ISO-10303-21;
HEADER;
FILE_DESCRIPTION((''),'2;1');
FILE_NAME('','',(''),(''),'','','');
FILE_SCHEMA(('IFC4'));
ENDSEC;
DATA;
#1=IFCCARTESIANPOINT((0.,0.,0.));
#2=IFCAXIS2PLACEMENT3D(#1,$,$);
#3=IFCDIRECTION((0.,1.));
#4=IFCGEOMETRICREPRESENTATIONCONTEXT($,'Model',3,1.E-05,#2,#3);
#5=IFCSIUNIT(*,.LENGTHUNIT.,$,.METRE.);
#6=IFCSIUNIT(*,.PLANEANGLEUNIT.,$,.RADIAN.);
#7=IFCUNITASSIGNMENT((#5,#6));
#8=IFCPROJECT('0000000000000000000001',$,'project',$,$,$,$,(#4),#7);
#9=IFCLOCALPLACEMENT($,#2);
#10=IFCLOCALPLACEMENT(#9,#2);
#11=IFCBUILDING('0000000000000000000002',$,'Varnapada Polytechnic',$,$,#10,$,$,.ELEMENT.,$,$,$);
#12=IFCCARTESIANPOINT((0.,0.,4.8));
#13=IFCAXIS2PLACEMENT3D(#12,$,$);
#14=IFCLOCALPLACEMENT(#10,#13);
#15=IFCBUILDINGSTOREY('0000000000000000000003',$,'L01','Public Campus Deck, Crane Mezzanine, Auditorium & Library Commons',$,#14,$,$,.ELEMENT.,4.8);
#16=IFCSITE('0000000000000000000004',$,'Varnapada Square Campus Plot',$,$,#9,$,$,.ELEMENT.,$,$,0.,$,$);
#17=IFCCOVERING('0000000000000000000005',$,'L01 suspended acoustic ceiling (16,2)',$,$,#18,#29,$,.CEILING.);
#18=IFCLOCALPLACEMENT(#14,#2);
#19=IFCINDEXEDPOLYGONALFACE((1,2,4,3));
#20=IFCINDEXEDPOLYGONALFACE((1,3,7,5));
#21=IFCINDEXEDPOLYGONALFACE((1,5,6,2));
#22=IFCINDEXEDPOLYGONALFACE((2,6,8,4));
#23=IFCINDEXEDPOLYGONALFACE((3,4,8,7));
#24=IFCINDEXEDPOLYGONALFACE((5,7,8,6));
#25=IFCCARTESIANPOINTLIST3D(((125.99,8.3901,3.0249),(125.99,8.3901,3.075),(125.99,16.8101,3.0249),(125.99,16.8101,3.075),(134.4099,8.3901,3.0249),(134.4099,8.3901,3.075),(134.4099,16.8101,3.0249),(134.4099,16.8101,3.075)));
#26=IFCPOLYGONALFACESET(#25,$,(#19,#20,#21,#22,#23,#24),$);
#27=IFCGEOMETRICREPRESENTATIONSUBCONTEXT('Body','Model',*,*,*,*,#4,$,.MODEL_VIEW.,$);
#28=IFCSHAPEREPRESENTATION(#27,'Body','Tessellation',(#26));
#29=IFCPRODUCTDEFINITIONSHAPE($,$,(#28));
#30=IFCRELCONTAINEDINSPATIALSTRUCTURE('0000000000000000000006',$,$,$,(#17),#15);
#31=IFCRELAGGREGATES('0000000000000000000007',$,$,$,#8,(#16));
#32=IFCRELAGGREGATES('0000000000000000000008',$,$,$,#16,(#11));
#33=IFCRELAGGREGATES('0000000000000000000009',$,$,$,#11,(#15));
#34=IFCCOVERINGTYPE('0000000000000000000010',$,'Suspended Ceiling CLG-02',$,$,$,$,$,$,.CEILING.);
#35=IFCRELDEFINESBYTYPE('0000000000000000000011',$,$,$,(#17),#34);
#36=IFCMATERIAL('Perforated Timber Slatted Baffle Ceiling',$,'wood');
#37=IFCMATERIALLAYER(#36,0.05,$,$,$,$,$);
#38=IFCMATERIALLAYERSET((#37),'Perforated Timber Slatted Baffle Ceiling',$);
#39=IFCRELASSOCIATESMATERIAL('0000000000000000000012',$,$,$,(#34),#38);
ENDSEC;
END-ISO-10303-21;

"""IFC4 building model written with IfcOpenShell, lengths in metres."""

from ifc_helpers import new_model, si_unit, direction, frame, origin, origin_2d, place, context, subcontext, project, spatial, rectangle, extrude, material, layer, layer_set, type_object, element, save


model = new_model("IFC4")

# Units and contexts
model_context = context("Model", 3, precision=1e-05, world=origin(), true_north=direction((0.0, 1.0)))
body_context = subcontext(model_context, "Body", "Model", "MODEL_VIEW")
ifc_project = project(units=[si_unit("LENGTHUNIT", "METRE"), si_unit("PLANEANGLEUNIT", "RADIAN")], contexts=[model_context])

# Site, building, storey
site_placement = place(None, origin())
site = spatial("IfcSite", under=ifc_project, at=site_placement, Name="Varnapada Square Campus Plot", CompositionType="ELEMENT", RefElevation=0.0)
building_placement = place(site_placement, origin())
building = spatial("IfcBuilding", under=site, at=building_placement, Name="Varnapada Polytechnic", CompositionType="ELEMENT")
storey_placement = place(building_placement, frame((0.0, 0.0, 4.8)))
storey = spatial("IfcBuildingStorey", under=building, at=storey_placement, Name="L01", Description="Public Campus Deck, Crane Mezzanine, Auditorium & Library Commons", CompositionType="ELEMENT", Elevation=4.8)

# Covering
ifc_material_1 = material(Name="Perforated Timber Slatted Baffle Ceiling", Category="wood")
ifc_layer_1 = layer(ifc_material_1, 0.05)
ifc_layer_set_1 = layer_set([ifc_layer_1], Name="Perforated Timber Slatted Baffle Ceiling")
covering_type_1 = type_object("IfcCoveringType", Name="Suspended Ceiling CLG-02", PredefinedType="CEILING", material=ifc_layer_set_1)
covering_1_placement = place(storey_placement, frame((130.2, 12.6001, 3.0249), z_axis=(0.0, 0.0, 1.0), x_axis=(1.0, 0.0, 0.0)))
element("IfcCovering", 1, at=covering_1_placement, inside=storey, type_object=covering_type_1, Name="L01 suspended acoustic ceiling (16,2)", PredefinedType="CEILING", context=body_context, shape_type="SweptSolid", body=[
    extrude(rectangle(XDim=8.4199, YDim=8.4199, at=origin_2d()), origin(), (0.0, 0.0, 1.0), 0.05),
])

save(model, "model.ifc")
